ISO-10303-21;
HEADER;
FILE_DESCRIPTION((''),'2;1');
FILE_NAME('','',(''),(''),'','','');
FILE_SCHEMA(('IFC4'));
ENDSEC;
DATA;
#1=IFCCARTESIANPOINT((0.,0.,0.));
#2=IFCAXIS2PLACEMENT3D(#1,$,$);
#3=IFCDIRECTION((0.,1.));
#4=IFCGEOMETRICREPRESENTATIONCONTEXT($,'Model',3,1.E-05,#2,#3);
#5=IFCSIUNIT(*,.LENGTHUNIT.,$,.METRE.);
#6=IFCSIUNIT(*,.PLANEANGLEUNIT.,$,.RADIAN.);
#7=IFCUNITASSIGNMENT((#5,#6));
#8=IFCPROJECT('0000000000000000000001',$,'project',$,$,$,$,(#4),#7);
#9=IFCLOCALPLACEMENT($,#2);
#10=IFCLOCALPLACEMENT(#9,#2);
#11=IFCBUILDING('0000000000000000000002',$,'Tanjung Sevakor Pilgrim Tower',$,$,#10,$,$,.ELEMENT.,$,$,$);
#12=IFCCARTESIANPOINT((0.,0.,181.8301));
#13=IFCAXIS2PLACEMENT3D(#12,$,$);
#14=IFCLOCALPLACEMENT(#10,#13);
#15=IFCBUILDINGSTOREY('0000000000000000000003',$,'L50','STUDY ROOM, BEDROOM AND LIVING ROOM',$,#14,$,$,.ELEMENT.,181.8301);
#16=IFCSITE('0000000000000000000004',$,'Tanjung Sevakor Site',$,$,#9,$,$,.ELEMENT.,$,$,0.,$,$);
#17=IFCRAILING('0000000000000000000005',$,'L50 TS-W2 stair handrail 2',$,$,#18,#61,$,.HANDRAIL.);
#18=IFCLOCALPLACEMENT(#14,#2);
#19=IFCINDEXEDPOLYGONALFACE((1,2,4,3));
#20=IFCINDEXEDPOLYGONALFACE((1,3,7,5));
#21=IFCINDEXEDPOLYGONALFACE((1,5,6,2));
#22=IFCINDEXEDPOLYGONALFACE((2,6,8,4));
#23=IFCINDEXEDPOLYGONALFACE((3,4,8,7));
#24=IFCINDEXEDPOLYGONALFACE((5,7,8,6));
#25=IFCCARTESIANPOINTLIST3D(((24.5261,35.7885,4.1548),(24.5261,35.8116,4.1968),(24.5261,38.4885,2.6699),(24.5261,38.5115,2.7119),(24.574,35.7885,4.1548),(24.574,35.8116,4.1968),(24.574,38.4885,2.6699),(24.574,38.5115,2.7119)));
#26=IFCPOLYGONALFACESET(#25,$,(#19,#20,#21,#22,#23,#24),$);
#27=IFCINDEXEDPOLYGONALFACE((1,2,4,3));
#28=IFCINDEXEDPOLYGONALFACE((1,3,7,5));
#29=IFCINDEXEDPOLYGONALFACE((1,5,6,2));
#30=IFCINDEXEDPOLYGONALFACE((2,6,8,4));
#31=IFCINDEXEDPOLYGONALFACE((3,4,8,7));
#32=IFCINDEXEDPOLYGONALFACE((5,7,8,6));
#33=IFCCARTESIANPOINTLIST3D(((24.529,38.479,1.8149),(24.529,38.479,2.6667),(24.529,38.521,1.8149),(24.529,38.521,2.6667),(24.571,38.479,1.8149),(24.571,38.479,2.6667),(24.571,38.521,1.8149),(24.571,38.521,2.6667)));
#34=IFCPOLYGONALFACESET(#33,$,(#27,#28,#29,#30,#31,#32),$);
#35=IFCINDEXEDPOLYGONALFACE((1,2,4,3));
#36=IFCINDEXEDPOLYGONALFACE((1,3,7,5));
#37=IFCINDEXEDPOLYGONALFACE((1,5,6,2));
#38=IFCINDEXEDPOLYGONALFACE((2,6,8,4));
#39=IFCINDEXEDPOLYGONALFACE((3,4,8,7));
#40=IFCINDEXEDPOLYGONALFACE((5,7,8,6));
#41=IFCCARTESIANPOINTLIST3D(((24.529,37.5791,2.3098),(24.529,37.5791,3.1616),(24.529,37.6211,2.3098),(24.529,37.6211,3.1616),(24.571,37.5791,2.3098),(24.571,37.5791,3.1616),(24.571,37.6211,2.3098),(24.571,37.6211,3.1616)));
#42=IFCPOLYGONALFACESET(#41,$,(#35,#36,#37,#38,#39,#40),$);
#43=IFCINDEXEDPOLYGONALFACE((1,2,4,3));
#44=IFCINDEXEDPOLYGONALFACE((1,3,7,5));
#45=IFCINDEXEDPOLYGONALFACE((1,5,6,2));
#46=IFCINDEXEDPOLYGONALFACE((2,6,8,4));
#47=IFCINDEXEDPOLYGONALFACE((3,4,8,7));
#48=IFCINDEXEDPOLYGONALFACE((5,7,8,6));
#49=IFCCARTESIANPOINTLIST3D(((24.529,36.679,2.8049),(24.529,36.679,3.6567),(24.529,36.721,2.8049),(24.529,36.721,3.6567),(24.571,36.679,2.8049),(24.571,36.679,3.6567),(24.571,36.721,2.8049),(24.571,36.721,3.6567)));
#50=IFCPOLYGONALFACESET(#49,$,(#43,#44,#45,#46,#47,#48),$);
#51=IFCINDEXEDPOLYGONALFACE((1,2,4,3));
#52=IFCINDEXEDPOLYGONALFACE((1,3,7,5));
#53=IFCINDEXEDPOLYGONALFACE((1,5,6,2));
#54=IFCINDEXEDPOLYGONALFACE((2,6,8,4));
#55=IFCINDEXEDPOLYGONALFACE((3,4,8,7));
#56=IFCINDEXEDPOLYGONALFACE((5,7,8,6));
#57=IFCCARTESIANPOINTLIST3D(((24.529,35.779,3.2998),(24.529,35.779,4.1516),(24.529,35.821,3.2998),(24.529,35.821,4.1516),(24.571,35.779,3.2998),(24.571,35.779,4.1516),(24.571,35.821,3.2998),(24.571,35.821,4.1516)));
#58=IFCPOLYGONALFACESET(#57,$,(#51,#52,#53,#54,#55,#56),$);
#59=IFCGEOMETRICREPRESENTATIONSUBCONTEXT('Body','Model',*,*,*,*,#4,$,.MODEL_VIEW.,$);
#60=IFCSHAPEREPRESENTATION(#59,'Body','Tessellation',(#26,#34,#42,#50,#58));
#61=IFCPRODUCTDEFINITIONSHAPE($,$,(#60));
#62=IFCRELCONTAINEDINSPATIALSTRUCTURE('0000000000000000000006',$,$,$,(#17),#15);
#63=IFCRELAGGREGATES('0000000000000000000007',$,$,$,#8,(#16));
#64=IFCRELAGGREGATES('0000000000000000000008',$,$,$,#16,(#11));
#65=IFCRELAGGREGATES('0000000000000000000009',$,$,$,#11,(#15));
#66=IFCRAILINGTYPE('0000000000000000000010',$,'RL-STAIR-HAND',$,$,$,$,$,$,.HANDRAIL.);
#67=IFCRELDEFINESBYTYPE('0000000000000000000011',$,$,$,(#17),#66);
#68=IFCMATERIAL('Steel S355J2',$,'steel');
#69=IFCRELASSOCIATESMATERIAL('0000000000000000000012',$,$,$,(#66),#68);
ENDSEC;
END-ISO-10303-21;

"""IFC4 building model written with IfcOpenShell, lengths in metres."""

from ifc_helpers import new_model, si_unit, direction, frame, origin, place, context, subcontext, project, spatial, rectangle, extrude, material, type_object, element, save


model = new_model("IFC4")

# Units and contexts
model_context = context("Model", 3, precision=1e-05, world=origin(), true_north=direction((0.0, 1.0)))
body_context = subcontext(model_context, "Body", "Model", "MODEL_VIEW")
ifc_project = project(units=[si_unit("LENGTHUNIT", "METRE"), si_unit("PLANEANGLEUNIT", "RADIAN")], contexts=[model_context])

# Site, building, storey
site_placement = place(None, origin())
site = spatial("IfcSite", under=ifc_project, at=site_placement, Name="Tanjung Sevakor Site", CompositionType="ELEMENT", RefElevation=0.0)
building_placement = place(site_placement, origin())
building = spatial("IfcBuilding", under=site, at=building_placement, Name="Tanjung Sevakor Pilgrim Tower", CompositionType="ELEMENT")
storey_placement = place(building_placement, frame((0.0, 0.0, 181.8301)))
storey = spatial("IfcBuildingStorey", under=building, at=storey_placement, Name="L50", Description="STUDY ROOM, BEDROOM AND LIVING ROOM", CompositionType="ELEMENT", Elevation=181.8301)

# Railing
ifc_material_1 = material(Name="Steel S355J2", Category="steel")
railing_type_1 = type_object("IfcRailingType", Name="RL-STAIR-HAND", PredefinedType="HANDRAIL", material=ifc_material_1)
railing_1_placement = place(storey_placement, frame((24.55, 38.5, 1.8149)))
element("IfcRailing", 1, at=railing_1_placement, inside=storey, type_object=railing_type_1, Name="L50 TS-W2 stair handrail 2", PredefinedType="HANDRAIL", context=body_context, shape_type="SweptSolid", body=[
    extrude(rectangle(XDim=0.0479, YDim=0.0479), frame((0.0, 0.0, 0.876), z_axis=(0.0, -0.876231, 0.481891), x_axis=(1.0, 0.0, 0.0)), (0.0, 0.0, 1.0), 3.0813),
    extrude(rectangle(XDim=0.042, YDim=0.042), origin(), (0.0, 0.0, 1.0), 0.8518),
    extrude(rectangle(XDim=0.042, YDim=0.042), frame((0.0, -0.8999, 0.4949)), (0.0, 0.0, 1.0), 0.8518),
    extrude(rectangle(XDim=0.042, YDim=0.042), frame((0.0, -1.8, 0.99)), (0.0, 0.0, 1.0), 0.8518),
    extrude(rectangle(XDim=0.042, YDim=0.042), frame((0.0, -2.7, 1.4849)), (0.0, 0.0, 1.0), 0.8518),
])

save(model, "model.ifc")
